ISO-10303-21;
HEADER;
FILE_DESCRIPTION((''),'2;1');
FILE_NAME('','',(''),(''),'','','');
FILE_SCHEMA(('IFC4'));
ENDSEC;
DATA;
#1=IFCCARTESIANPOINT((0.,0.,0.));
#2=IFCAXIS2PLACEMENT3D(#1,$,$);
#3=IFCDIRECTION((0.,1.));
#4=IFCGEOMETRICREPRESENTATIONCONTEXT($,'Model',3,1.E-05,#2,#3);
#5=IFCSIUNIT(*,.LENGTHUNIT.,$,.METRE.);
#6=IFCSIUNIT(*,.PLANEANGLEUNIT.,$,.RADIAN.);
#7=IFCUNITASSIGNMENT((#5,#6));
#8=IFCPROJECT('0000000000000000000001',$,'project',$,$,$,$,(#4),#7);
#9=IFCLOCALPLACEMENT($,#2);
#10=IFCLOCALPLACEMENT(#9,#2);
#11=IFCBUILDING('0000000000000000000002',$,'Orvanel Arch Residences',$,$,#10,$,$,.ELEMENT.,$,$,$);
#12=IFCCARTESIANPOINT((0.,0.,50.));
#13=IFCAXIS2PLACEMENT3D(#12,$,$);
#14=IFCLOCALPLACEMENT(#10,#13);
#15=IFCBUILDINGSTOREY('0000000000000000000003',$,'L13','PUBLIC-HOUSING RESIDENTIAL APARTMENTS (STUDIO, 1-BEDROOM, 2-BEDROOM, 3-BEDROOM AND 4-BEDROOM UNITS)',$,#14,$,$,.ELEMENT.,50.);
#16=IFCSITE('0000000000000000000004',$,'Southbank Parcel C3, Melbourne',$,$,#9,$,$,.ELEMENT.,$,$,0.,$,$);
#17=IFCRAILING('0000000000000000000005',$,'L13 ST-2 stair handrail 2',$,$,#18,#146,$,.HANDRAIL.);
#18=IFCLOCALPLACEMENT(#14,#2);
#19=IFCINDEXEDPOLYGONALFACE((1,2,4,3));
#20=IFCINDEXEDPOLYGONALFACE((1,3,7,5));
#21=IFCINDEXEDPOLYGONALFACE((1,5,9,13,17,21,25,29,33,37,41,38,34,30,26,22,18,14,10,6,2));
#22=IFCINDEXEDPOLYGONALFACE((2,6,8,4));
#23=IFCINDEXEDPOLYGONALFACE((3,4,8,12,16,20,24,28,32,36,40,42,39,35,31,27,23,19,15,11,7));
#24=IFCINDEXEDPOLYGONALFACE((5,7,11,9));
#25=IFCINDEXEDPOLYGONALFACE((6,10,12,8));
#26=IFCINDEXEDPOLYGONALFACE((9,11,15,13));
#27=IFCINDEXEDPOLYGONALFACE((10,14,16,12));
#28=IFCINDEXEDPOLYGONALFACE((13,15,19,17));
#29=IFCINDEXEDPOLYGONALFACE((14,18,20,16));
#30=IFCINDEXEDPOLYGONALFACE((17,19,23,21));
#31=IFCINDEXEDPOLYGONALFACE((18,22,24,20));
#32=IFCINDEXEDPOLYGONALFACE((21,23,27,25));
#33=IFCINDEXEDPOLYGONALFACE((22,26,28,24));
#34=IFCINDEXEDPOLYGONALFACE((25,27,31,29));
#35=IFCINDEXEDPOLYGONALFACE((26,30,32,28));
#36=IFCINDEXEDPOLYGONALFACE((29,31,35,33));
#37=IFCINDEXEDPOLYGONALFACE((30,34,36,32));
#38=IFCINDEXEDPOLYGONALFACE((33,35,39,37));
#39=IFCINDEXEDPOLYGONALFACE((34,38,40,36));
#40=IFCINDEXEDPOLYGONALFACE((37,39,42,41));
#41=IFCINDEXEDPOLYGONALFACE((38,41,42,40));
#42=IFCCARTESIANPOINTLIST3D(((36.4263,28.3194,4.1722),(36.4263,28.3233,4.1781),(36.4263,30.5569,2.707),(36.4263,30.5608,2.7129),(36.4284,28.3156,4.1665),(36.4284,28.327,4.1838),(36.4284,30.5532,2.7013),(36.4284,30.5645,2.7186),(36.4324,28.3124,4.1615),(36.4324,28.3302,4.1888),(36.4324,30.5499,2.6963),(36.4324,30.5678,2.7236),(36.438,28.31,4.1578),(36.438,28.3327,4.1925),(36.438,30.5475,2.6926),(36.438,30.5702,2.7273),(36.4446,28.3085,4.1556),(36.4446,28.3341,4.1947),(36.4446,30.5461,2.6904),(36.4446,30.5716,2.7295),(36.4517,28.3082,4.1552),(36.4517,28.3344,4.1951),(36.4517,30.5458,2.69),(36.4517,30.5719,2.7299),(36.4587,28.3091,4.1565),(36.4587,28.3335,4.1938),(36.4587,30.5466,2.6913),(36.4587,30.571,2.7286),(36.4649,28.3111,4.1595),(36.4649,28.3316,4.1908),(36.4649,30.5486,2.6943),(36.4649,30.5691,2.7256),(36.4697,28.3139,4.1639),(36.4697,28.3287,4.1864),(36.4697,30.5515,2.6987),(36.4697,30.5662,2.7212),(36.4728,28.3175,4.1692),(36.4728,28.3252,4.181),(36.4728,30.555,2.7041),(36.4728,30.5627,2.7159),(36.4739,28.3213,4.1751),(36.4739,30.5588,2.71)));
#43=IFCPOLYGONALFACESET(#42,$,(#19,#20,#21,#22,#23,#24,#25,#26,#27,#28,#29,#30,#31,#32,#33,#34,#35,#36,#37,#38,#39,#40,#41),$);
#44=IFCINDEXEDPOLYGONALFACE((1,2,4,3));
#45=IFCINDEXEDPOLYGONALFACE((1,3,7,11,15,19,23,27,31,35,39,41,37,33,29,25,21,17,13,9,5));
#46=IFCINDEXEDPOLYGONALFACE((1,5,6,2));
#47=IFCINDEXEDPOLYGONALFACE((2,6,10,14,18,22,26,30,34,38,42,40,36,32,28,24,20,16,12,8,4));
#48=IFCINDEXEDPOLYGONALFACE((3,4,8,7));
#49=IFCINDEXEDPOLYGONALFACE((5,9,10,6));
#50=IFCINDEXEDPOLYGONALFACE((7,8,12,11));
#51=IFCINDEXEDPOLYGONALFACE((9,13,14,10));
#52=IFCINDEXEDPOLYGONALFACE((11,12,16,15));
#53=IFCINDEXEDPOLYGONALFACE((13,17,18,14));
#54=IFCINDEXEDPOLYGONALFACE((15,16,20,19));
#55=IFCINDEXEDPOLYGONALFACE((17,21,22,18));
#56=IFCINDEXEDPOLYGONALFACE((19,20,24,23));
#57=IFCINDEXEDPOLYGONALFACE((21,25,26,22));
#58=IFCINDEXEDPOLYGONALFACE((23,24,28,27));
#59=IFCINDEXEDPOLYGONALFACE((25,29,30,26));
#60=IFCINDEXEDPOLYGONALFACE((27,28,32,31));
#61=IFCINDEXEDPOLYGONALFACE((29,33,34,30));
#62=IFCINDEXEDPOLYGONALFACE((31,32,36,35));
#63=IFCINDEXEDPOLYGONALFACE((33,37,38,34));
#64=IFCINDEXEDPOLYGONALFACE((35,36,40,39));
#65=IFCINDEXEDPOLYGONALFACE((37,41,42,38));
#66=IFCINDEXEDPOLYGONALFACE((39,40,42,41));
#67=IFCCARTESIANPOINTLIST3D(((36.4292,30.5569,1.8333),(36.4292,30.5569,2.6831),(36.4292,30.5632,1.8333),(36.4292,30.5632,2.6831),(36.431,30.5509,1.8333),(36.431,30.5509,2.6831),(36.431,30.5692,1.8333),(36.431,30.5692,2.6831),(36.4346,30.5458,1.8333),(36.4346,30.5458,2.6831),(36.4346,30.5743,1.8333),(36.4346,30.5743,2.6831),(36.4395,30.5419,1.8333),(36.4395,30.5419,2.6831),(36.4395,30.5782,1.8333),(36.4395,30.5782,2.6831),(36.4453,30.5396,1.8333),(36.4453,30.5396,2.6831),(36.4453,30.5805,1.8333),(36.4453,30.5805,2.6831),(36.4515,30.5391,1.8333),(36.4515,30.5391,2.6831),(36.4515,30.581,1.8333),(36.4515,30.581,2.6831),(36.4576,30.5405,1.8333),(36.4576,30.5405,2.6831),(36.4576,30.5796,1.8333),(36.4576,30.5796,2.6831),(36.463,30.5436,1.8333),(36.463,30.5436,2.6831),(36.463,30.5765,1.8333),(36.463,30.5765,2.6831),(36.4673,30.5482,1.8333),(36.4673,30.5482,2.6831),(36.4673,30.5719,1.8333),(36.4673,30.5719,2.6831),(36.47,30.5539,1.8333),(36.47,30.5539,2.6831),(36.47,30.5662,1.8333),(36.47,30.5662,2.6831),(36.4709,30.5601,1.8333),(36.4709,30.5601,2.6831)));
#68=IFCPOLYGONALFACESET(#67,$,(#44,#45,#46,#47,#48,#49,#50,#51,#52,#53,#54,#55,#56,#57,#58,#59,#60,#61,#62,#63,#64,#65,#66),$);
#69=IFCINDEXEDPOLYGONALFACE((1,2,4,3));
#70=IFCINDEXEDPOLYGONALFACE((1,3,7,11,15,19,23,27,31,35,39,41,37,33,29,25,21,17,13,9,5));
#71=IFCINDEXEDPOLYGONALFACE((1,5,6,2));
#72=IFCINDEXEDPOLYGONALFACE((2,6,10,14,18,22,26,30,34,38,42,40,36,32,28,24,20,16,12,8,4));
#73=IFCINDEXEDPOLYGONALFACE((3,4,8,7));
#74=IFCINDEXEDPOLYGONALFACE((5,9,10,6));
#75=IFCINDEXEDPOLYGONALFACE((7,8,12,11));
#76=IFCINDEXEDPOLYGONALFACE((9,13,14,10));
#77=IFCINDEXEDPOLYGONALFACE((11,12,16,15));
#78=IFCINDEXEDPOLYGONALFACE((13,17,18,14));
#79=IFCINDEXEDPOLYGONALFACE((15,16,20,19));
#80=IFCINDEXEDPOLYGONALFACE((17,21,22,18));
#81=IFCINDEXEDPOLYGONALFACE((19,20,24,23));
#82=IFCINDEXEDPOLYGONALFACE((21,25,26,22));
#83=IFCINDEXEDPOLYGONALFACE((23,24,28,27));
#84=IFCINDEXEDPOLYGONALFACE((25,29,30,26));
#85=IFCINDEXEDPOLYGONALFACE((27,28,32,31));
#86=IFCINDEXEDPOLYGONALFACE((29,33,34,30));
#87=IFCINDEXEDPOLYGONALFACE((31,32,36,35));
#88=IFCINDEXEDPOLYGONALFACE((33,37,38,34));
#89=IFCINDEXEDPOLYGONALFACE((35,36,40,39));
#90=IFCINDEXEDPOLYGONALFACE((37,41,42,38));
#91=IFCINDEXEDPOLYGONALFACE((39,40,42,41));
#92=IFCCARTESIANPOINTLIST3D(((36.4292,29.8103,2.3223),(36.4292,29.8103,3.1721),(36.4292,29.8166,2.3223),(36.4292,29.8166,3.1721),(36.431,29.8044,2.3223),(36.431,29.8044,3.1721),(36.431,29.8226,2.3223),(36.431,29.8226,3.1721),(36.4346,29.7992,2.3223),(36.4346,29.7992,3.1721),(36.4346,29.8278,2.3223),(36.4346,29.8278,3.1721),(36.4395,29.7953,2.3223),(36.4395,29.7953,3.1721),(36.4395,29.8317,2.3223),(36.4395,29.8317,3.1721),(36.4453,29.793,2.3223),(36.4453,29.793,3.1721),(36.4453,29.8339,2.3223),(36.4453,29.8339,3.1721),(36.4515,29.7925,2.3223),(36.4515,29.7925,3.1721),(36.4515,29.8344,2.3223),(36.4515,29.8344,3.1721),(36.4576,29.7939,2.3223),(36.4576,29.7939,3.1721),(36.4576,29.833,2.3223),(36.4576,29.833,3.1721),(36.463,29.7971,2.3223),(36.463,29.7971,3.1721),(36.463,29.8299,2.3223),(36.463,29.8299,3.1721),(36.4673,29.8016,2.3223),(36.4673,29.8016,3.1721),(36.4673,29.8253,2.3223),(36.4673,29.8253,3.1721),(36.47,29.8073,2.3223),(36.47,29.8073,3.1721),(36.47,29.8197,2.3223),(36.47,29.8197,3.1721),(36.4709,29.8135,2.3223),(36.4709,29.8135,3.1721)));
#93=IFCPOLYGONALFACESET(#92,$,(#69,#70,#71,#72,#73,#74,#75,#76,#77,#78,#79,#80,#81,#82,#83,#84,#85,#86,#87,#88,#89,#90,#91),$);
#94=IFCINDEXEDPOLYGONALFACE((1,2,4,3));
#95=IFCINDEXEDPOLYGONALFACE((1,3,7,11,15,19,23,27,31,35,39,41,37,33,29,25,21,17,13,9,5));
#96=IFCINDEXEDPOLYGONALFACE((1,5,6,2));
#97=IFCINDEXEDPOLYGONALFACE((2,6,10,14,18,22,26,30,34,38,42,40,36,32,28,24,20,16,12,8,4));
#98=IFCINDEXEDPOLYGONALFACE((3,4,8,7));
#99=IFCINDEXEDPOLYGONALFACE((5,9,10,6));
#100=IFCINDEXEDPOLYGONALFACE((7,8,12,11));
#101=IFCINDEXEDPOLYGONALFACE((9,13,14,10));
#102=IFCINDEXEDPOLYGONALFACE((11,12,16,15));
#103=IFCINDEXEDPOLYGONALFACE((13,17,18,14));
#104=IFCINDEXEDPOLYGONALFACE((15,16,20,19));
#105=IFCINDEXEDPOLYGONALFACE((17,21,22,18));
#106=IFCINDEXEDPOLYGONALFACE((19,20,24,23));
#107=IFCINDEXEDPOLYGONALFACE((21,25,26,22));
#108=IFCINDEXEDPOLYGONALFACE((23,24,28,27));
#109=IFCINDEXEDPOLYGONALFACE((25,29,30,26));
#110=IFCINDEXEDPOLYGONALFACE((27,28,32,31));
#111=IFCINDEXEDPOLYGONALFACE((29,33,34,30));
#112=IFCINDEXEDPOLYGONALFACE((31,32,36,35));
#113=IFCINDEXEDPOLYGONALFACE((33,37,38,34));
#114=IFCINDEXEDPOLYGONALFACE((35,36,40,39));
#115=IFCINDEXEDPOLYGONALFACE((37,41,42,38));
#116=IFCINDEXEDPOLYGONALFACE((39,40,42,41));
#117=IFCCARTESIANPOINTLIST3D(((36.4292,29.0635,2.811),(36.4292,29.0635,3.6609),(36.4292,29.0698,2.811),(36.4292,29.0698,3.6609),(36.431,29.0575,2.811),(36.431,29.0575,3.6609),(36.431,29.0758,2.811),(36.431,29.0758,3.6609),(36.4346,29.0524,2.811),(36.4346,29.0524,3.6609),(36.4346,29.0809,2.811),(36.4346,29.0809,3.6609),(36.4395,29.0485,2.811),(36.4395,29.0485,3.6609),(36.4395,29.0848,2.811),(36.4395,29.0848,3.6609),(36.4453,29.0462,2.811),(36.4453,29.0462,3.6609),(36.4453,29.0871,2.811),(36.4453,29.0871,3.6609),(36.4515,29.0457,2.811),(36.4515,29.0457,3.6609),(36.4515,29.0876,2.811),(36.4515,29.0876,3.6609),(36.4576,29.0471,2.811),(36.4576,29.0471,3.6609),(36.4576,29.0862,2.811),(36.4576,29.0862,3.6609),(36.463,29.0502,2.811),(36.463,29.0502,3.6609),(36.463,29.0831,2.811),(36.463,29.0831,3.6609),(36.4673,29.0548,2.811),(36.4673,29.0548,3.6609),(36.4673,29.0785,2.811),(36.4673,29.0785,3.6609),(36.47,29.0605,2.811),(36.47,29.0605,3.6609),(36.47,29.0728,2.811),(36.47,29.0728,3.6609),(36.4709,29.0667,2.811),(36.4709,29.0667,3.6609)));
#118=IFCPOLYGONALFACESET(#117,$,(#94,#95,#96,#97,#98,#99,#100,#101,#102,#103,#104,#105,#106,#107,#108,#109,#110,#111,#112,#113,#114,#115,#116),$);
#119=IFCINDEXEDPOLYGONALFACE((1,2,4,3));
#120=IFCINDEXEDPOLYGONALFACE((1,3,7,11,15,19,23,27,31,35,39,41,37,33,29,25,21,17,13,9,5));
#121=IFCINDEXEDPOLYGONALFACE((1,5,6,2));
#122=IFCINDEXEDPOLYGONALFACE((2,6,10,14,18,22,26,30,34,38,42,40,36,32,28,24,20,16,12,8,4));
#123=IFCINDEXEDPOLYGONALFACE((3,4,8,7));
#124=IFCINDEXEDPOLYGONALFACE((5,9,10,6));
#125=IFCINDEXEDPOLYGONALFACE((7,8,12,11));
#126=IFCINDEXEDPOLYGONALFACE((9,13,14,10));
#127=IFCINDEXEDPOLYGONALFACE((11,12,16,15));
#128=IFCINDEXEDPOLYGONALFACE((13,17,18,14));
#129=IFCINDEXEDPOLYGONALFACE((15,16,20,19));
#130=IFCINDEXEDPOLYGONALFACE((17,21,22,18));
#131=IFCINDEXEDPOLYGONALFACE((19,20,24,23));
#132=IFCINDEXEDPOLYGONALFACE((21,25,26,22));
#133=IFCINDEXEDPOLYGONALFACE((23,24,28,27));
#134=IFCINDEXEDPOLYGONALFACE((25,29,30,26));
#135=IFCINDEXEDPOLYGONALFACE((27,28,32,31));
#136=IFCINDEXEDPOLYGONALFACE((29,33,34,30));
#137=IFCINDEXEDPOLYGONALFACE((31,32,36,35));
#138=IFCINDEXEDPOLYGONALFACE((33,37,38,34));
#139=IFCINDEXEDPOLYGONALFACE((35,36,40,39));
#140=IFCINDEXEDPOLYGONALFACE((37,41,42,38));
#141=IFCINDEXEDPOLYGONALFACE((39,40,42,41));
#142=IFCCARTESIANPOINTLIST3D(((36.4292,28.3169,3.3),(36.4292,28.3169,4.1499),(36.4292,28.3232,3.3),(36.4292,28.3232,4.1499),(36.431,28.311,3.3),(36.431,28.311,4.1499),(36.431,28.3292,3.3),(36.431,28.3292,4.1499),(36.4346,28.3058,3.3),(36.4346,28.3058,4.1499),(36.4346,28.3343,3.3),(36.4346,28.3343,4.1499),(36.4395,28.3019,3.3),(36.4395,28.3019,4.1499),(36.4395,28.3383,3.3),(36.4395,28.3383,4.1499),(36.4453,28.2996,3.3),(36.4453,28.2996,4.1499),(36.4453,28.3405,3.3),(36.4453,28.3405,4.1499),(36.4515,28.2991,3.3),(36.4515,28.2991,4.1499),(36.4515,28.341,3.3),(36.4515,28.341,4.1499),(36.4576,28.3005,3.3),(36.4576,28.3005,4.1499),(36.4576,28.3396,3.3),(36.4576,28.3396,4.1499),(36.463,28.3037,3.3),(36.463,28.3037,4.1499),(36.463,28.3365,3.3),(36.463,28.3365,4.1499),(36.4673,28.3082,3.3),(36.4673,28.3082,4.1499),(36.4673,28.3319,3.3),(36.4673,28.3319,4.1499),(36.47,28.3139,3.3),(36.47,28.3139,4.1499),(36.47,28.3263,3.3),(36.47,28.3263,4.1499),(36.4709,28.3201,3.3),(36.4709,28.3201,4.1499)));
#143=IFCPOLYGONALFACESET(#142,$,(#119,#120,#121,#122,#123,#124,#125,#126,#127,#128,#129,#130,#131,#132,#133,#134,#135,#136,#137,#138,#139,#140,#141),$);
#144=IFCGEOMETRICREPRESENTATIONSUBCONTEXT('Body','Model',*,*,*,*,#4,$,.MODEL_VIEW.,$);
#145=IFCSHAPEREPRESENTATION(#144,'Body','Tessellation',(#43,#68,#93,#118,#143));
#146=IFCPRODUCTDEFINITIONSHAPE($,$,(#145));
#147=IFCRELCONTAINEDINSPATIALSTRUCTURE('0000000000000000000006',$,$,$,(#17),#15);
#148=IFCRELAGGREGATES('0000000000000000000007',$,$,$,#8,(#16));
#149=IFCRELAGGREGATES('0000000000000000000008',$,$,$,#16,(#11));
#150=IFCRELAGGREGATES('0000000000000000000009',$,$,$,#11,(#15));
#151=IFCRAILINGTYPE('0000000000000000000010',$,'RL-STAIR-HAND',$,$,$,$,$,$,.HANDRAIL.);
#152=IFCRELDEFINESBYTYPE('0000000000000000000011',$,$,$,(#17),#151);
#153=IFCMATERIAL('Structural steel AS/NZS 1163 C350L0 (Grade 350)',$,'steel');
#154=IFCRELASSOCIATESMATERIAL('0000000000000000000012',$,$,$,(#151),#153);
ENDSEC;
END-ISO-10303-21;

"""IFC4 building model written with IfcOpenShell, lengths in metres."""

from ifc_helpers import new_model, si_unit, direction, frame, origin, origin_2d, place, context, subcontext, project, spatial, circle, extrude, material, type_object, element, save


model = new_model("IFC4")

# Units and contexts
model_context = context("Model", 3, precision=1e-05, world=origin(), true_north=direction((0.0, 1.0)))
body_context = subcontext(model_context, "Body", "Model", "MODEL_VIEW")
ifc_project = project(units=[si_unit("LENGTHUNIT", "METRE"), si_unit("PLANEANGLEUNIT", "RADIAN")], contexts=[model_context])

# Site, building, storey
site_placement = place(None, origin())
site = spatial("IfcSite", under=ifc_project, at=site_placement, Name="Southbank Parcel C3, Melbourne", CompositionType="ELEMENT", RefElevation=0.0)
building_placement = place(site_placement, origin())
building = spatial("IfcBuilding", under=site, at=building_placement, Name="Orvanel Arch Residences", CompositionType="ELEMENT")
storey_placement = place(building_placement, frame((0.0, 0.0, 50.0)))
storey = spatial("IfcBuildingStorey", under=building, at=storey_placement, Name="L13", Description="PUBLIC-HOUSING RESIDENTIAL APARTMENTS (STUDIO, 1-BEDROOM, 2-BEDROOM, 3-BEDROOM AND 4-BEDROOM UNITS)", CompositionType="ELEMENT", Elevation=50.0)

# Railing
ifc_material_1 = material(Name="Structural steel AS/NZS 1163 C350L0 (Grade 350)", Category="steel")
railing_type_1 = type_object("IfcRailingType", Name="RL-STAIR-HAND", PredefinedType="HANDRAIL", material=ifc_material_1)
railing_1_placement = place(storey_placement, frame((36.45, 30.5601, 1.8333)))
element("IfcRailing", 1, at=railing_1_placement, inside=storey, type_object=railing_type_1, Name="L13 ST-2 stair handrail 2", PredefinedType="HANDRAIL", context=body_context, shape_type="SweptSolid", body=[
    extrude(circle(Radius=0.0239, at=origin_2d()), frame((0.0, -0.0012, 0.8767), z_axis=(0.0, -0.836595, 0.547822), x_axis=(1.0, 0.0, 0.0)), (0.0, 0.0, 1.0), 2.6746),
    extrude(circle(Radius=0.021, at=origin_2d()), origin(), (0.0, 0.0, 1.0), 0.8499),
    extrude(circle(Radius=0.021, at=origin_2d()), frame((0.0, -0.7466, 0.489)), (0.0, 0.0, 1.0), 0.8499),
    extrude(circle(Radius=0.021, at=origin_2d()), frame((0.0, -1.4934, 0.9778)), (0.0, 0.0, 1.0), 0.8499),
    extrude(circle(Radius=0.021, at=origin_2d()), frame((0.0, -2.24, 1.4668)), (0.0, 0.0, 1.0), 0.8499),
])

save(model, "model.ifc")
